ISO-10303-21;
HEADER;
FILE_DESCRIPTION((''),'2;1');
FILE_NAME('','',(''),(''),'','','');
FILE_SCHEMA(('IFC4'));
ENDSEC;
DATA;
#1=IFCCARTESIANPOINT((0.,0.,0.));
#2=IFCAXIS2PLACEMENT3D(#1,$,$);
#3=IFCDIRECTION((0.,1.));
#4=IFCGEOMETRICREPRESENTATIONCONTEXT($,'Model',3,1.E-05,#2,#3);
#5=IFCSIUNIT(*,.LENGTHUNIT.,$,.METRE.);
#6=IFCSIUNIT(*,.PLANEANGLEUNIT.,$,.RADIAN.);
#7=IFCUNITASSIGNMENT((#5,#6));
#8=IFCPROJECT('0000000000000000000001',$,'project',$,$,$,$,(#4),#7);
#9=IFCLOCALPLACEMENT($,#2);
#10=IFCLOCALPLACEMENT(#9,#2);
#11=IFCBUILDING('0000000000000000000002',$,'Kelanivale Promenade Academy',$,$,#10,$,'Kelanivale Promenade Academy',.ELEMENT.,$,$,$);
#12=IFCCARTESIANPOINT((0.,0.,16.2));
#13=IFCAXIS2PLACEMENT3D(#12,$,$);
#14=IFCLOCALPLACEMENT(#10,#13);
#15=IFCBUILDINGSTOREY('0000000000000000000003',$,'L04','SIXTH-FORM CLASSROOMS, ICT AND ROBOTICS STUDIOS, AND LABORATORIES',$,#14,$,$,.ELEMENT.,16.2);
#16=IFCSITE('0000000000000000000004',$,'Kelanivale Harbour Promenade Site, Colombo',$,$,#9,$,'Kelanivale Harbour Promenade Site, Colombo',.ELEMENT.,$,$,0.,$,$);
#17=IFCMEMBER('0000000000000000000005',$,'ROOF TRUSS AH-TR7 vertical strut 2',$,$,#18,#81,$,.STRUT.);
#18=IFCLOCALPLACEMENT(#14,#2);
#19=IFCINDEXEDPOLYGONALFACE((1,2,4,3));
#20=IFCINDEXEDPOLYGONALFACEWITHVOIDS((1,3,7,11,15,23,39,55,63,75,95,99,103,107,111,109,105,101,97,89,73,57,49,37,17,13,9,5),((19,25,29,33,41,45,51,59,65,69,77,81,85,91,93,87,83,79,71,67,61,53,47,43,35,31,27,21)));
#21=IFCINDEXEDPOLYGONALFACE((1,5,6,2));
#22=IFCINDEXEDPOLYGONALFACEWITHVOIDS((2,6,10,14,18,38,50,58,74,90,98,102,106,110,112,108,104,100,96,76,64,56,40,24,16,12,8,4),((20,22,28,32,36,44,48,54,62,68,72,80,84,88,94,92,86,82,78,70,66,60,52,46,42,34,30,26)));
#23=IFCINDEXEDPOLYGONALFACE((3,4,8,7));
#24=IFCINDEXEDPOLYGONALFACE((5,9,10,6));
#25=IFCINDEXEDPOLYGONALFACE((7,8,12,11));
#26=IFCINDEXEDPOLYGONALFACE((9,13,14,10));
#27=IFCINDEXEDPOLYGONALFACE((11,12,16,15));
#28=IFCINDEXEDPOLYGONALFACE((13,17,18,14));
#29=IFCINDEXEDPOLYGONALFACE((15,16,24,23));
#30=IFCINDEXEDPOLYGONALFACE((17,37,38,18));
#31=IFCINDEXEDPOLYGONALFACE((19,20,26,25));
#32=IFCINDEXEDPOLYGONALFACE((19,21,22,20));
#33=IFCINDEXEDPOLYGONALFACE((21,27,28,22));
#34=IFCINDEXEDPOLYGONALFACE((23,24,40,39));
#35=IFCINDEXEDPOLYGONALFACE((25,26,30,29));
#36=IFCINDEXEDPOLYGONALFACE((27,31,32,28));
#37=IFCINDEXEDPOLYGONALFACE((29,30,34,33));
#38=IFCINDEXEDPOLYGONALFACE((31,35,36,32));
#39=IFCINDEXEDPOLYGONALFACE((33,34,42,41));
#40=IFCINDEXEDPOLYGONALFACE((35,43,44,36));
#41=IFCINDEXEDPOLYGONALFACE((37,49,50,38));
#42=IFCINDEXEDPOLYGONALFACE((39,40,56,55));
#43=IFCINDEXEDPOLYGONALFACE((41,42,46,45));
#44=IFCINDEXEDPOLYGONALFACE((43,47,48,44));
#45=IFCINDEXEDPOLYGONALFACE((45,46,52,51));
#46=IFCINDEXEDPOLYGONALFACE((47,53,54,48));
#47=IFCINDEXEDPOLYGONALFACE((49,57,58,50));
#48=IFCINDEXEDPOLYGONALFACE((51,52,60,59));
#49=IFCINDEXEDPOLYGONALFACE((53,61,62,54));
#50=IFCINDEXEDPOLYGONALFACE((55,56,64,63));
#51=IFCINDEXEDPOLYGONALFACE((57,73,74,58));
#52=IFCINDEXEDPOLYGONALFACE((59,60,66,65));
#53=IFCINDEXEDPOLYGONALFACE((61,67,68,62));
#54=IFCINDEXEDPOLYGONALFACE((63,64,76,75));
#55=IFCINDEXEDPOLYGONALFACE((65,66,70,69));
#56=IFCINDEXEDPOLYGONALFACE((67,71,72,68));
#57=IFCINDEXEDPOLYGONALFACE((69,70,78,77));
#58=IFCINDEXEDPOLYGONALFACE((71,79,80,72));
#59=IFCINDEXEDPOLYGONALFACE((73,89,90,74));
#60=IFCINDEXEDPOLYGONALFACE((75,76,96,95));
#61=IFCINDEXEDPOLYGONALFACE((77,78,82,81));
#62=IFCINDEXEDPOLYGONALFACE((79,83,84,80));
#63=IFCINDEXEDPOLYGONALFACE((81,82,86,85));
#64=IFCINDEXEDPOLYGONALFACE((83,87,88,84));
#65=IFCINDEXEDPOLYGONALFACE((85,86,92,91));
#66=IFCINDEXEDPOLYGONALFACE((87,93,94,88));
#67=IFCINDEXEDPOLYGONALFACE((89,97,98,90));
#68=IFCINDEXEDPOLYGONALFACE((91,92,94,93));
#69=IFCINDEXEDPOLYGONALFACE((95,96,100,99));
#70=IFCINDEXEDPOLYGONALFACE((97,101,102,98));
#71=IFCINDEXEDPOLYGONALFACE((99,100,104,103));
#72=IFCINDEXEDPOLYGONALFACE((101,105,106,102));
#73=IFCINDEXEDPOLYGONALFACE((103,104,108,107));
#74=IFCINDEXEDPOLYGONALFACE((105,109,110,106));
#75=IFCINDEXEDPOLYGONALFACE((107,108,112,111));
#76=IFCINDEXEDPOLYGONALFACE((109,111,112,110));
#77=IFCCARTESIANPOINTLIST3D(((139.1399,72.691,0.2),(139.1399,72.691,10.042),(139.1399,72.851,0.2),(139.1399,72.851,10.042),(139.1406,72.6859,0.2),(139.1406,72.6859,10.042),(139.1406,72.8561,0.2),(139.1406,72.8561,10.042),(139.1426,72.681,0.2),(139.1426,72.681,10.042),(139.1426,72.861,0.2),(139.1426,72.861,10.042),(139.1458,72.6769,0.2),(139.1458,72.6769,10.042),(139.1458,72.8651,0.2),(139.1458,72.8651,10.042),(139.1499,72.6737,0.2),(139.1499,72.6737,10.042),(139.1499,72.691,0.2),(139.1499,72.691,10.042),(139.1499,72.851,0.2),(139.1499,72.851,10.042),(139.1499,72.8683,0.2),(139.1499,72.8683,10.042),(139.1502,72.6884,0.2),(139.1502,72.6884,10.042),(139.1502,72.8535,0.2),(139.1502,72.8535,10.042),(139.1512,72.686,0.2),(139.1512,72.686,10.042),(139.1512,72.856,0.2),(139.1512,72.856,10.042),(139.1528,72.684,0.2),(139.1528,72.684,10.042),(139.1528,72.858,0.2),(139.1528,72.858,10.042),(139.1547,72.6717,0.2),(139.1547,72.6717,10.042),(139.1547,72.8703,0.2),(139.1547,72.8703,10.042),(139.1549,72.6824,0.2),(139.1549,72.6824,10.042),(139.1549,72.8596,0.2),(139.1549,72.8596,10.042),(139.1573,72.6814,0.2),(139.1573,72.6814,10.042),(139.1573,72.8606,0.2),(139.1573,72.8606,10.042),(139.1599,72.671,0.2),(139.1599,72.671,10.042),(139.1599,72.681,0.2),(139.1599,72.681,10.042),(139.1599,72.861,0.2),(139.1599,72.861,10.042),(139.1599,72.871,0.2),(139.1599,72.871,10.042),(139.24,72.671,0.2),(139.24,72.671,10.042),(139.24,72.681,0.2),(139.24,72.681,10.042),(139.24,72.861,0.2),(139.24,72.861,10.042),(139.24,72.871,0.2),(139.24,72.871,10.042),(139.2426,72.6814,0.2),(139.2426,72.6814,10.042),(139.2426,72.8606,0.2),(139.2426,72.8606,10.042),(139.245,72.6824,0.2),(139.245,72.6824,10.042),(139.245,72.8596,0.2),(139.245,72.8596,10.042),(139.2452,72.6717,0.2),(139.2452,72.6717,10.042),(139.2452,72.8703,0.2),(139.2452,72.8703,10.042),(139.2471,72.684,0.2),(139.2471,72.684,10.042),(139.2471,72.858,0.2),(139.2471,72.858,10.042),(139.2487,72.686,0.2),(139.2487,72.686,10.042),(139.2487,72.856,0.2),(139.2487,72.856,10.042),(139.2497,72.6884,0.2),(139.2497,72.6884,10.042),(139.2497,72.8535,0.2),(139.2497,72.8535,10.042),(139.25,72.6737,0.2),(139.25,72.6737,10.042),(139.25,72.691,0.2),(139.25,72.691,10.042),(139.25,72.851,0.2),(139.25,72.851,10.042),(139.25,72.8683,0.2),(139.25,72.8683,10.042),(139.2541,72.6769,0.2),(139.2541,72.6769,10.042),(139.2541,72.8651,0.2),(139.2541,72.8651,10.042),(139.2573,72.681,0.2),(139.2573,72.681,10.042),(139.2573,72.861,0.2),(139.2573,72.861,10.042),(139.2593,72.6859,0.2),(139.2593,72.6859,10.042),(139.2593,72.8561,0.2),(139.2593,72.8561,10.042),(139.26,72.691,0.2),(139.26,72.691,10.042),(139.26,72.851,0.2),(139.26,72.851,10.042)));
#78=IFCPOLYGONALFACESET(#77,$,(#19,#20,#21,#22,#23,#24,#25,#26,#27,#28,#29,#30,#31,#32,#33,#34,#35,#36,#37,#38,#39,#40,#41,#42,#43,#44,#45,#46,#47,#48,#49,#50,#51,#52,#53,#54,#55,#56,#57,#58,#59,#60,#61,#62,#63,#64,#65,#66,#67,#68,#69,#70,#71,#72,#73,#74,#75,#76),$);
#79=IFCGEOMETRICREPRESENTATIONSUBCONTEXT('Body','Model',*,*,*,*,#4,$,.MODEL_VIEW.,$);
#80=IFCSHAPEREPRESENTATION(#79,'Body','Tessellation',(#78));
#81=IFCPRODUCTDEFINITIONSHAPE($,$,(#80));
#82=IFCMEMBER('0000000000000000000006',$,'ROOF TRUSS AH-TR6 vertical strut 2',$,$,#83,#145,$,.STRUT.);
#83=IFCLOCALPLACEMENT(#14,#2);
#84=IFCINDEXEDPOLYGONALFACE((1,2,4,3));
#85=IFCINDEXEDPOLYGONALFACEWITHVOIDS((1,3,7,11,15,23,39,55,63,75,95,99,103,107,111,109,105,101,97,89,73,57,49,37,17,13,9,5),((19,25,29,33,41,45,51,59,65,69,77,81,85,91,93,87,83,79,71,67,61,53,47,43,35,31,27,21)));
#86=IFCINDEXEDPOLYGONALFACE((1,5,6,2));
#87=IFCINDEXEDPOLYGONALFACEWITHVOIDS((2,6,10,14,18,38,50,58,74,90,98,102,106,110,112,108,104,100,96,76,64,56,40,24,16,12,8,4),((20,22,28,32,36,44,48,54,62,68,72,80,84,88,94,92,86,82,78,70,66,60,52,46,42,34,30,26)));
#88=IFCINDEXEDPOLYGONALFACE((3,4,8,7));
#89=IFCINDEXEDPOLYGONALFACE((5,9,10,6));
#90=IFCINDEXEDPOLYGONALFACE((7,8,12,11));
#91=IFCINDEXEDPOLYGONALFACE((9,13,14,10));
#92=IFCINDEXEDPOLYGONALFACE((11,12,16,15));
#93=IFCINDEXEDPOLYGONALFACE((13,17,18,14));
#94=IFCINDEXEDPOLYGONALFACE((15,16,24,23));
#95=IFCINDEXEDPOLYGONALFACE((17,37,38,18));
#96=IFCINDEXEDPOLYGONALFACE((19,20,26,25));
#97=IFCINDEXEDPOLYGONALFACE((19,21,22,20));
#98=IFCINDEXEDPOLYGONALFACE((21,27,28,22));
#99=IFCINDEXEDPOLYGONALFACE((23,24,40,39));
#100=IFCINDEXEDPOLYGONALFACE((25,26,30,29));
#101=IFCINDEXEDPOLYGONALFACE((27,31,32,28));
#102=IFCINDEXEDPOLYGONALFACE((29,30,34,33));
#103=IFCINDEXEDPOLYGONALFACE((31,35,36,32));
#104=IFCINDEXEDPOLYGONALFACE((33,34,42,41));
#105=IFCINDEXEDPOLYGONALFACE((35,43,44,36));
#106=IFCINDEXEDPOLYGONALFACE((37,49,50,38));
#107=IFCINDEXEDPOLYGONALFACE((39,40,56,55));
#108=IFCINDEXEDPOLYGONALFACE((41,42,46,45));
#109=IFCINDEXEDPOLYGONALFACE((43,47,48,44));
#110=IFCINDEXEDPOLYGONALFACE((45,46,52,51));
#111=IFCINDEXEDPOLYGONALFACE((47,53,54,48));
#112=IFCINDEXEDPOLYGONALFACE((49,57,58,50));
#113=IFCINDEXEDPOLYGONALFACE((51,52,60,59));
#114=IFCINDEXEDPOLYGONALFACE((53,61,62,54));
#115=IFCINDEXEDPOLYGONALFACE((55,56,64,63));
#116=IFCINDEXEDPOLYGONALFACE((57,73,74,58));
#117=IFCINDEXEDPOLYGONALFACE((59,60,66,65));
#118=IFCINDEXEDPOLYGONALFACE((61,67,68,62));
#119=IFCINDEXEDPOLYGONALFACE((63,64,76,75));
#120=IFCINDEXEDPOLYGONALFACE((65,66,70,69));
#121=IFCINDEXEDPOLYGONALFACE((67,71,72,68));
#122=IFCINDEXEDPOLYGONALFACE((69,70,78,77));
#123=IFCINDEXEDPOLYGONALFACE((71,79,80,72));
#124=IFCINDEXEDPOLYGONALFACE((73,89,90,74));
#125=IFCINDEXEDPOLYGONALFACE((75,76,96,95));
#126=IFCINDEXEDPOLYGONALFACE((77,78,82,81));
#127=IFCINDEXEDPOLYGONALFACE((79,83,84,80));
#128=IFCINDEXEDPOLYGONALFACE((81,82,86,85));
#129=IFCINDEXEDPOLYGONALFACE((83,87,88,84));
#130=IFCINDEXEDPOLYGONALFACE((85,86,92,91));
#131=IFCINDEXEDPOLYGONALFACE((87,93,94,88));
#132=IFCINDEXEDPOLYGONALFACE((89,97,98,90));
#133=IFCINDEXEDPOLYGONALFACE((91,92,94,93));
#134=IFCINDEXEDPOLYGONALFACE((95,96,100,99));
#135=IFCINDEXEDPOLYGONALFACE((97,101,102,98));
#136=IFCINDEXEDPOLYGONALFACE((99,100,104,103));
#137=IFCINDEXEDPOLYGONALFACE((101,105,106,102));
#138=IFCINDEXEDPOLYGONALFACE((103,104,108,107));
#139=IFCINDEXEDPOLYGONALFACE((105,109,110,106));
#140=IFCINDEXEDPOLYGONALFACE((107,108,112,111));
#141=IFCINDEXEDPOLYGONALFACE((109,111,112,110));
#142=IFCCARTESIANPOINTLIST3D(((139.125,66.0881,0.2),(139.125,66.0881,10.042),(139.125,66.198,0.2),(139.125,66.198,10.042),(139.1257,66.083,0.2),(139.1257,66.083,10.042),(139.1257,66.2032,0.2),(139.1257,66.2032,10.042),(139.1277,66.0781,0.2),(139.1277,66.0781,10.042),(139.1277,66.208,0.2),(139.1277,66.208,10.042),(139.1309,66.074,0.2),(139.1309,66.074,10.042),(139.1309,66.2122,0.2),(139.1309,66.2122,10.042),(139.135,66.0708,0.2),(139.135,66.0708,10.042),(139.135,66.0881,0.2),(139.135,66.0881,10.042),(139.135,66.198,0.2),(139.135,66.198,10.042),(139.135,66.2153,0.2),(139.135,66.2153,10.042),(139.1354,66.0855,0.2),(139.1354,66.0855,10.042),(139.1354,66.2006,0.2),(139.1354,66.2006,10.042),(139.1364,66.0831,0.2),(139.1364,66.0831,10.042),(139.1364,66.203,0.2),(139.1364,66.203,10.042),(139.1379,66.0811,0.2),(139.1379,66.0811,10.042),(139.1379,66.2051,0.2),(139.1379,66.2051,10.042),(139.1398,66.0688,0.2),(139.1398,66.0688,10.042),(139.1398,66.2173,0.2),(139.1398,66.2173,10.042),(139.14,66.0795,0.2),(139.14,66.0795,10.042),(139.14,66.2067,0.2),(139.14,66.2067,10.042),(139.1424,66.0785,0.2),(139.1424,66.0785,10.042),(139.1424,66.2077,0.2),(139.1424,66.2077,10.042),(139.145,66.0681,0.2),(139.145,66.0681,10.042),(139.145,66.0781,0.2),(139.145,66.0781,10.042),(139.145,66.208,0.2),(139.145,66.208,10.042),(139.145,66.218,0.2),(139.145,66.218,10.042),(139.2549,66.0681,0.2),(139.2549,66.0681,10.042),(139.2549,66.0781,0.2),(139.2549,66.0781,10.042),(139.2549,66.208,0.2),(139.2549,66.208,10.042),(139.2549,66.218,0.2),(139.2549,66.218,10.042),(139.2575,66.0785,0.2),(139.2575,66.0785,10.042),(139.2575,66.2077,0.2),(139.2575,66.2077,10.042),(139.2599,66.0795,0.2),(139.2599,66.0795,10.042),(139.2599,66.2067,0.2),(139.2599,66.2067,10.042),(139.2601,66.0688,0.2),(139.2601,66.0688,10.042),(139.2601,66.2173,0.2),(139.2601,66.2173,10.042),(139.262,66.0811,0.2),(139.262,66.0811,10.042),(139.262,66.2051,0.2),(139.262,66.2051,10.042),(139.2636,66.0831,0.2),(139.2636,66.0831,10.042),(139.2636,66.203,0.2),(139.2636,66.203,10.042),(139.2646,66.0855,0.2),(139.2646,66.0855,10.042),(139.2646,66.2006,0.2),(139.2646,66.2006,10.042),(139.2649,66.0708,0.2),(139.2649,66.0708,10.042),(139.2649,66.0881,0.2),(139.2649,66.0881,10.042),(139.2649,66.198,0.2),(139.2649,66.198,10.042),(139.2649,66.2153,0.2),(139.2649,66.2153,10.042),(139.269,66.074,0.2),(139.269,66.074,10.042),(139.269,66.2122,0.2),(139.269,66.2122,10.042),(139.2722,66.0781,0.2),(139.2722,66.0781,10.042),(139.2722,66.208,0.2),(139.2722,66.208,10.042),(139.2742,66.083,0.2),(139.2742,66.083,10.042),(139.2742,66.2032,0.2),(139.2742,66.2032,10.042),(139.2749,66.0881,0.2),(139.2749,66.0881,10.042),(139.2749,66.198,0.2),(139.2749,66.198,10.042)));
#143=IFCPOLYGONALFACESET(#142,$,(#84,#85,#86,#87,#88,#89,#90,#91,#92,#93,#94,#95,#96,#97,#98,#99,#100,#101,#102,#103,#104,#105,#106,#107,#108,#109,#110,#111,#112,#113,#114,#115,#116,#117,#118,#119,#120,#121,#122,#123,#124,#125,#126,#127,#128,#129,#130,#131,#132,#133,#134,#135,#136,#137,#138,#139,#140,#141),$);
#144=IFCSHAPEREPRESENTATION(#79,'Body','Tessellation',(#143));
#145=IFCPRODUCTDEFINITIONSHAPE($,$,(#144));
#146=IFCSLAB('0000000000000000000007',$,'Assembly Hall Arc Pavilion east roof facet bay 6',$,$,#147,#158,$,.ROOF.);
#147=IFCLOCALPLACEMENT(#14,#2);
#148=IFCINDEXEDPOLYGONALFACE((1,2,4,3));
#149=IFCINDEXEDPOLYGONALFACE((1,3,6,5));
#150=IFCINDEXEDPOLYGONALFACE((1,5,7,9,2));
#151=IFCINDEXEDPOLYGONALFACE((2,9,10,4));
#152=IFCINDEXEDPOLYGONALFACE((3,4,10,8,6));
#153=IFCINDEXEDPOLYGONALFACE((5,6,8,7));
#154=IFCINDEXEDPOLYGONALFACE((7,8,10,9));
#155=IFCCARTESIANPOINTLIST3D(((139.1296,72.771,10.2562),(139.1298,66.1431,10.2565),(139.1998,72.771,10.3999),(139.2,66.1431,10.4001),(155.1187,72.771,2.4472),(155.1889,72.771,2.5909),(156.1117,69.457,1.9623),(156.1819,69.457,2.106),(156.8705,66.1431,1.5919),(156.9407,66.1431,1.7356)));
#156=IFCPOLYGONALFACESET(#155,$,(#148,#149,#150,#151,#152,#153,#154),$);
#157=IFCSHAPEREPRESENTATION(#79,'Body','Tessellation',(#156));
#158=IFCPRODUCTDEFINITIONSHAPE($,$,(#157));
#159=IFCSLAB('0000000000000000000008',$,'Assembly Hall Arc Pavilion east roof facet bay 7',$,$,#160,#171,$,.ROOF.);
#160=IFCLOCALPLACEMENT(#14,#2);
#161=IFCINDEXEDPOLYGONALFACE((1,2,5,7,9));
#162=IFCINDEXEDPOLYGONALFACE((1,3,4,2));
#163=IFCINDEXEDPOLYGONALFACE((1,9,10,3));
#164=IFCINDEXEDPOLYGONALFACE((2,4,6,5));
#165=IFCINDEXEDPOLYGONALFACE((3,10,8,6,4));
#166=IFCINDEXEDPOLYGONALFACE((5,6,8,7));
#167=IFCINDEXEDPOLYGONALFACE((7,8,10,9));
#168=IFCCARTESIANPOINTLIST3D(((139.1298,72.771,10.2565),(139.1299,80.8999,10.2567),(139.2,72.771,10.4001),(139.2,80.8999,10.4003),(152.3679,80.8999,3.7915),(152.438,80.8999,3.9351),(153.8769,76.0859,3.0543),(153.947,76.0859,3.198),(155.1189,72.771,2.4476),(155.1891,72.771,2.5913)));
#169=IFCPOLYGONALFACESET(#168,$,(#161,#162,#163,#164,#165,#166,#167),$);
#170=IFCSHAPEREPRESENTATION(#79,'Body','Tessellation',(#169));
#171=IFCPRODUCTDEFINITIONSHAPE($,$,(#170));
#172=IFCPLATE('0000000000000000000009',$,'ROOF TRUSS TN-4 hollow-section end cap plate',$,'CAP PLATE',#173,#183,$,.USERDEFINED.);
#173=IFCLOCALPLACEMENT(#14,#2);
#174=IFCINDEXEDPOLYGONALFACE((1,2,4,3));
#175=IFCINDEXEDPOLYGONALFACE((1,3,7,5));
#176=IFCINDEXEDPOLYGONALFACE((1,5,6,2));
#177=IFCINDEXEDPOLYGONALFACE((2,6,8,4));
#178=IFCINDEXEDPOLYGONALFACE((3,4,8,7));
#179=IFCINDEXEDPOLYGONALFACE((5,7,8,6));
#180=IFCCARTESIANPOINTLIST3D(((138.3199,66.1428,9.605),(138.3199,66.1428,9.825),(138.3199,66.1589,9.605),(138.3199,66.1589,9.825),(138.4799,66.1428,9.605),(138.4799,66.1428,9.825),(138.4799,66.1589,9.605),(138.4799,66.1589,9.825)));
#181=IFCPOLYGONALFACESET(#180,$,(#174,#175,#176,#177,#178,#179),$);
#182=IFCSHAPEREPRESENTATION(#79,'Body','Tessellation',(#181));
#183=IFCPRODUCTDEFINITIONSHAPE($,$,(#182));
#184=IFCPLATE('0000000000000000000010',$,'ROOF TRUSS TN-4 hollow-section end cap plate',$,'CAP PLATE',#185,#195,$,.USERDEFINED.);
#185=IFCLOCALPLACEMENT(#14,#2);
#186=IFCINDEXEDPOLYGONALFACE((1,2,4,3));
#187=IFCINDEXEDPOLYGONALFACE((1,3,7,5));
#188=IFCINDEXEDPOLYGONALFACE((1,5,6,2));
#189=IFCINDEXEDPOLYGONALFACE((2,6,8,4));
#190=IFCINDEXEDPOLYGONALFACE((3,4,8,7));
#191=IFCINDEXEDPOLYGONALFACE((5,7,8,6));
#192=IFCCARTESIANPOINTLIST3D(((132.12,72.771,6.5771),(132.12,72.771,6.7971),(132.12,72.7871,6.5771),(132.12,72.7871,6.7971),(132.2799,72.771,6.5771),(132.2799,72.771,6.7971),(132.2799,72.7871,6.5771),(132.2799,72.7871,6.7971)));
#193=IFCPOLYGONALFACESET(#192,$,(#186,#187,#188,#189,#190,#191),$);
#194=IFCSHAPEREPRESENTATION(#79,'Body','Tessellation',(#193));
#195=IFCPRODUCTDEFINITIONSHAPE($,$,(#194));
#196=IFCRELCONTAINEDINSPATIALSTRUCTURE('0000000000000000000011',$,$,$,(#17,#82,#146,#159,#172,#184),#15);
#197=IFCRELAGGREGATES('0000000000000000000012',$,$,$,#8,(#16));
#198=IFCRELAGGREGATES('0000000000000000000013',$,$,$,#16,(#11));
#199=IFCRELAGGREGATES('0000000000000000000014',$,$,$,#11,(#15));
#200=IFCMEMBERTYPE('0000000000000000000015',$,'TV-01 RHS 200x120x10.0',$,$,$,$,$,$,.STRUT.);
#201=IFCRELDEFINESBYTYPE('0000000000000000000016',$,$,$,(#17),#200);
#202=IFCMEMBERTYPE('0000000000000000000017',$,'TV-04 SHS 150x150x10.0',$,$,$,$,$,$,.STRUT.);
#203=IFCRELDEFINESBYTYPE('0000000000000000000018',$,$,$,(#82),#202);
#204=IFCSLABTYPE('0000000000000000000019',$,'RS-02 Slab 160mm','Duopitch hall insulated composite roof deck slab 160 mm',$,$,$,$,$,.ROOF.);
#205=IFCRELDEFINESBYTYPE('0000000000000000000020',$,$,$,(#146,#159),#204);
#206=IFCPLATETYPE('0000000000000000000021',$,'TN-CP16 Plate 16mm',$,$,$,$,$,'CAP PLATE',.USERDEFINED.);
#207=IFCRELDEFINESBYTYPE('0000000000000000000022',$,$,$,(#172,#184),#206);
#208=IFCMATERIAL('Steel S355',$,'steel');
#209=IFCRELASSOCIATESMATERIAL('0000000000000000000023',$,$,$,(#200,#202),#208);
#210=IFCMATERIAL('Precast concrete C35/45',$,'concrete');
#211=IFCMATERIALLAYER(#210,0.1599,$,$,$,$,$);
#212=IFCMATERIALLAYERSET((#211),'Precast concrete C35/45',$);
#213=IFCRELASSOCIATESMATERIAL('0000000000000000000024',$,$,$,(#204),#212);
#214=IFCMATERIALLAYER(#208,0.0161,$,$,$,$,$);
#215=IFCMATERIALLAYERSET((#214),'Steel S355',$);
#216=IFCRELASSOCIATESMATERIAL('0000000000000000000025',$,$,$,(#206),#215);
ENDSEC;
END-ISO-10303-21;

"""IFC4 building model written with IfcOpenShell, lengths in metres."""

from ifc_helpers import new_model, si_unit, direction, frame, origin, origin_2d, place, context, subcontext, project, spatial, polyline, rectangle, hollow_rectangle, outline, extrude, material, layer, layer_set, material_profile, profile_set, type_object, element, save


model = new_model("IFC4")

# Units and contexts
model_context = context("Model", 3, precision=1e-05, world=origin(), true_north=direction((0.0, 1.0)))
body_context = subcontext(model_context, "Body", "Model", "MODEL_VIEW")
ifc_project = project(units=[si_unit("LENGTHUNIT", "METRE"), si_unit("PLANEANGLEUNIT", "RADIAN")], contexts=[model_context])

# Site, building, storey
site_placement = place(None, origin())
site = spatial("IfcSite", under=ifc_project, at=site_placement, Name="Kelanivale Harbour Promenade Site, Colombo", LongName="Kelanivale Harbour Promenade Site, Colombo", CompositionType="ELEMENT", RefElevation=0.0)
building_placement = place(site_placement, origin())
building = spatial("IfcBuilding", under=site, at=building_placement, Name="Kelanivale Promenade Academy", LongName="Kelanivale Promenade Academy", CompositionType="ELEMENT")
storey_placement = place(building_placement, frame((0.0, 0.0, 16.2)))
storey = spatial("IfcBuildingStorey", under=building, at=storey_placement, Name="L04", Description="SIXTH-FORM CLASSROOMS, ICT AND ROBOTICS STUDIOS, AND LABORATORIES", CompositionType="ELEMENT", Elevation=16.2)

# Members
ifc_material_1 = material(Name="Steel S355", Category="steel")
ifc_material_profile_1 = material_profile(ifc_material_1, hollow_rectangle(XDim=0.1201, YDim=0.2, WallThickness=0.01, InnerFilletRadius=0.01, OuterFilletRadius=0.02, at=origin_2d()), Name="RHS 200x120x10.0")
ifc_profile_set_1 = profile_set([ifc_material_profile_1], Name="Steel S355")
member_type_1 = type_object("IfcMemberType", Name="TV-01 RHS 200x120x10.0", PredefinedType="STRUT", material=ifc_profile_set_1)
member_1_placement = place(storey_placement, frame((139.2, 72.771, 0.2), z_axis=(0.0, 0.0, 1.0), x_axis=(1.0, 0.0, 0.0)))
element("IfcMember", 1, at=member_1_placement, inside=storey, type_object=member_type_1, Name="ROOF TRUSS AH-TR7 vertical strut 2", PredefinedType="STRUT", context=body_context, shape_type="SweptSolid", body=[
    extrude(hollow_rectangle(XDim=0.1201, YDim=0.2, WallThickness=0.01, InnerFilletRadius=0.01, OuterFilletRadius=0.02, at=origin_2d()), origin(), (0.0, 0.0, 1.0), 9.842),
])
ifc_material_profile_2 = material_profile(ifc_material_1, hollow_rectangle(XDim=0.1499, YDim=0.1499, WallThickness=0.01, InnerFilletRadius=0.01, OuterFilletRadius=0.02, at=origin_2d()), Name="SHS 150x150x10.0")
ifc_profile_set_2 = profile_set([ifc_material_profile_2], Name="Steel S355")
member_type_2 = type_object("IfcMemberType", Name="TV-04 SHS 150x150x10.0", PredefinedType="STRUT", material=ifc_profile_set_2)
member_2_placement = place(storey_placement, frame((139.2, 66.1431, 0.2), z_axis=(0.0, 0.0, 1.0), x_axis=(1.0, 0.0, 0.0)))
element("IfcMember", 2, at=member_2_placement, inside=storey, type_object=member_type_2, Name="ROOF TRUSS AH-TR6 vertical strut 2", PredefinedType="STRUT", context=body_context, shape_type="SweptSolid", body=[
    extrude(hollow_rectangle(XDim=0.1499, YDim=0.1499, WallThickness=0.01, InnerFilletRadius=0.01, OuterFilletRadius=0.02, at=origin_2d()), origin(), (0.0, 0.0, 1.0), 9.842),
])

# Slabs
ifc_material_2 = material(Name="Precast concrete C35/45", Category="concrete")
ifc_layer_1 = layer(ifc_material_2, 0.1599)
ifc_layer_set_1 = layer_set([ifc_layer_1], Name="Precast concrete C35/45")
slab_type = type_object("IfcSlabType", Name="RS-02 Slab 160mm", Description="Duopitch hall insulated composite roof deck slab 160 mm", PredefinedType="ROOF", material=ifc_layer_set_1)
slab_1_placement = place(storey_placement, frame((139.2, 66.1431, 10.4001), z_axis=(0.438854, 0.000047, 0.898558), x_axis=(0.898558, 0.0, -0.438854)))
element("IfcSlab", 3, at=slab_1_placement, inside=storey, type_object=slab_type, Name="Assembly Hall Arc Pavilion east roof facet bay 6", PredefinedType="ROOF", context=body_context, shape_type="SweptSolid", body=[
    extrude(outline(polyline([(0.0, 0.0), (19.7436, 0.0), (18.8992, 3.314), (17.7941, 6.6279), (0.0, 6.6279), (0.0, 0.0)])), origin(), (0.0, 0.0, -1.0), 0.1599),
])
slab_2_placement = place(storey_placement, frame((139.2, 72.771, 10.4001), z_axis=(0.438843, -0.000027, 0.898564), x_axis=(0.898564, 0.0, -0.438843)))
element("IfcSlab", 4, at=slab_2_placement, inside=storey, type_object=slab_type, Name="Assembly Hall Arc Pavilion east roof facet bay 7", PredefinedType="ROOF", context=body_context, shape_type="SweptSolid", body=[
    extrude(outline(polyline([(0.0, 0.0), (17.7941, 0.0), (16.4118, 3.3149), (14.7324, 8.1289), (0.0, 8.1289), (0.0, 0.0)])), origin(), (0.0, 0.0, -1.0), 0.1599),
])

# Plates
ifc_layer_2 = layer(ifc_material_1, 0.0161)
ifc_layer_set_2 = layer_set([ifc_layer_2], Name="Steel S355")
plate_type_1 = type_object("IfcPlateType", Name="TN-CP16 Plate 16mm", ElementType="CAP PLATE", PredefinedType="USERDEFINED", material=ifc_layer_set_2)
for number, where, z_axis, x_axis, name in (
    (5, (138.3999, 66.1509, 9.605), (0.0, 0.0, 1.0), (0.0, 1.0, 0.0), "ROOF TRUSS TN-4 hollow-section end cap plate"),
    (6, (132.2, 72.7791, 6.5771), (0.0, 0.0, 1.0), (0.0, 1.0, 0.0), "ROOF TRUSS TN-4 hollow-section end cap plate"),
):
    element("IfcPlate", number, at=place(storey_placement, frame(where, z_axis=z_axis, x_axis=x_axis)), inside=storey, type_object=plate_type_1, Name=name, ObjectType="CAP PLATE", PredefinedType="USERDEFINED", context=body_context, shape_type="SweptSolid", body=[
        extrude(rectangle(XDim=0.0161, YDim=0.1599, at=origin_2d()), origin(), (0.0, 0.0, 1.0), 0.22),
    ])

save(model, "model.ifc")
